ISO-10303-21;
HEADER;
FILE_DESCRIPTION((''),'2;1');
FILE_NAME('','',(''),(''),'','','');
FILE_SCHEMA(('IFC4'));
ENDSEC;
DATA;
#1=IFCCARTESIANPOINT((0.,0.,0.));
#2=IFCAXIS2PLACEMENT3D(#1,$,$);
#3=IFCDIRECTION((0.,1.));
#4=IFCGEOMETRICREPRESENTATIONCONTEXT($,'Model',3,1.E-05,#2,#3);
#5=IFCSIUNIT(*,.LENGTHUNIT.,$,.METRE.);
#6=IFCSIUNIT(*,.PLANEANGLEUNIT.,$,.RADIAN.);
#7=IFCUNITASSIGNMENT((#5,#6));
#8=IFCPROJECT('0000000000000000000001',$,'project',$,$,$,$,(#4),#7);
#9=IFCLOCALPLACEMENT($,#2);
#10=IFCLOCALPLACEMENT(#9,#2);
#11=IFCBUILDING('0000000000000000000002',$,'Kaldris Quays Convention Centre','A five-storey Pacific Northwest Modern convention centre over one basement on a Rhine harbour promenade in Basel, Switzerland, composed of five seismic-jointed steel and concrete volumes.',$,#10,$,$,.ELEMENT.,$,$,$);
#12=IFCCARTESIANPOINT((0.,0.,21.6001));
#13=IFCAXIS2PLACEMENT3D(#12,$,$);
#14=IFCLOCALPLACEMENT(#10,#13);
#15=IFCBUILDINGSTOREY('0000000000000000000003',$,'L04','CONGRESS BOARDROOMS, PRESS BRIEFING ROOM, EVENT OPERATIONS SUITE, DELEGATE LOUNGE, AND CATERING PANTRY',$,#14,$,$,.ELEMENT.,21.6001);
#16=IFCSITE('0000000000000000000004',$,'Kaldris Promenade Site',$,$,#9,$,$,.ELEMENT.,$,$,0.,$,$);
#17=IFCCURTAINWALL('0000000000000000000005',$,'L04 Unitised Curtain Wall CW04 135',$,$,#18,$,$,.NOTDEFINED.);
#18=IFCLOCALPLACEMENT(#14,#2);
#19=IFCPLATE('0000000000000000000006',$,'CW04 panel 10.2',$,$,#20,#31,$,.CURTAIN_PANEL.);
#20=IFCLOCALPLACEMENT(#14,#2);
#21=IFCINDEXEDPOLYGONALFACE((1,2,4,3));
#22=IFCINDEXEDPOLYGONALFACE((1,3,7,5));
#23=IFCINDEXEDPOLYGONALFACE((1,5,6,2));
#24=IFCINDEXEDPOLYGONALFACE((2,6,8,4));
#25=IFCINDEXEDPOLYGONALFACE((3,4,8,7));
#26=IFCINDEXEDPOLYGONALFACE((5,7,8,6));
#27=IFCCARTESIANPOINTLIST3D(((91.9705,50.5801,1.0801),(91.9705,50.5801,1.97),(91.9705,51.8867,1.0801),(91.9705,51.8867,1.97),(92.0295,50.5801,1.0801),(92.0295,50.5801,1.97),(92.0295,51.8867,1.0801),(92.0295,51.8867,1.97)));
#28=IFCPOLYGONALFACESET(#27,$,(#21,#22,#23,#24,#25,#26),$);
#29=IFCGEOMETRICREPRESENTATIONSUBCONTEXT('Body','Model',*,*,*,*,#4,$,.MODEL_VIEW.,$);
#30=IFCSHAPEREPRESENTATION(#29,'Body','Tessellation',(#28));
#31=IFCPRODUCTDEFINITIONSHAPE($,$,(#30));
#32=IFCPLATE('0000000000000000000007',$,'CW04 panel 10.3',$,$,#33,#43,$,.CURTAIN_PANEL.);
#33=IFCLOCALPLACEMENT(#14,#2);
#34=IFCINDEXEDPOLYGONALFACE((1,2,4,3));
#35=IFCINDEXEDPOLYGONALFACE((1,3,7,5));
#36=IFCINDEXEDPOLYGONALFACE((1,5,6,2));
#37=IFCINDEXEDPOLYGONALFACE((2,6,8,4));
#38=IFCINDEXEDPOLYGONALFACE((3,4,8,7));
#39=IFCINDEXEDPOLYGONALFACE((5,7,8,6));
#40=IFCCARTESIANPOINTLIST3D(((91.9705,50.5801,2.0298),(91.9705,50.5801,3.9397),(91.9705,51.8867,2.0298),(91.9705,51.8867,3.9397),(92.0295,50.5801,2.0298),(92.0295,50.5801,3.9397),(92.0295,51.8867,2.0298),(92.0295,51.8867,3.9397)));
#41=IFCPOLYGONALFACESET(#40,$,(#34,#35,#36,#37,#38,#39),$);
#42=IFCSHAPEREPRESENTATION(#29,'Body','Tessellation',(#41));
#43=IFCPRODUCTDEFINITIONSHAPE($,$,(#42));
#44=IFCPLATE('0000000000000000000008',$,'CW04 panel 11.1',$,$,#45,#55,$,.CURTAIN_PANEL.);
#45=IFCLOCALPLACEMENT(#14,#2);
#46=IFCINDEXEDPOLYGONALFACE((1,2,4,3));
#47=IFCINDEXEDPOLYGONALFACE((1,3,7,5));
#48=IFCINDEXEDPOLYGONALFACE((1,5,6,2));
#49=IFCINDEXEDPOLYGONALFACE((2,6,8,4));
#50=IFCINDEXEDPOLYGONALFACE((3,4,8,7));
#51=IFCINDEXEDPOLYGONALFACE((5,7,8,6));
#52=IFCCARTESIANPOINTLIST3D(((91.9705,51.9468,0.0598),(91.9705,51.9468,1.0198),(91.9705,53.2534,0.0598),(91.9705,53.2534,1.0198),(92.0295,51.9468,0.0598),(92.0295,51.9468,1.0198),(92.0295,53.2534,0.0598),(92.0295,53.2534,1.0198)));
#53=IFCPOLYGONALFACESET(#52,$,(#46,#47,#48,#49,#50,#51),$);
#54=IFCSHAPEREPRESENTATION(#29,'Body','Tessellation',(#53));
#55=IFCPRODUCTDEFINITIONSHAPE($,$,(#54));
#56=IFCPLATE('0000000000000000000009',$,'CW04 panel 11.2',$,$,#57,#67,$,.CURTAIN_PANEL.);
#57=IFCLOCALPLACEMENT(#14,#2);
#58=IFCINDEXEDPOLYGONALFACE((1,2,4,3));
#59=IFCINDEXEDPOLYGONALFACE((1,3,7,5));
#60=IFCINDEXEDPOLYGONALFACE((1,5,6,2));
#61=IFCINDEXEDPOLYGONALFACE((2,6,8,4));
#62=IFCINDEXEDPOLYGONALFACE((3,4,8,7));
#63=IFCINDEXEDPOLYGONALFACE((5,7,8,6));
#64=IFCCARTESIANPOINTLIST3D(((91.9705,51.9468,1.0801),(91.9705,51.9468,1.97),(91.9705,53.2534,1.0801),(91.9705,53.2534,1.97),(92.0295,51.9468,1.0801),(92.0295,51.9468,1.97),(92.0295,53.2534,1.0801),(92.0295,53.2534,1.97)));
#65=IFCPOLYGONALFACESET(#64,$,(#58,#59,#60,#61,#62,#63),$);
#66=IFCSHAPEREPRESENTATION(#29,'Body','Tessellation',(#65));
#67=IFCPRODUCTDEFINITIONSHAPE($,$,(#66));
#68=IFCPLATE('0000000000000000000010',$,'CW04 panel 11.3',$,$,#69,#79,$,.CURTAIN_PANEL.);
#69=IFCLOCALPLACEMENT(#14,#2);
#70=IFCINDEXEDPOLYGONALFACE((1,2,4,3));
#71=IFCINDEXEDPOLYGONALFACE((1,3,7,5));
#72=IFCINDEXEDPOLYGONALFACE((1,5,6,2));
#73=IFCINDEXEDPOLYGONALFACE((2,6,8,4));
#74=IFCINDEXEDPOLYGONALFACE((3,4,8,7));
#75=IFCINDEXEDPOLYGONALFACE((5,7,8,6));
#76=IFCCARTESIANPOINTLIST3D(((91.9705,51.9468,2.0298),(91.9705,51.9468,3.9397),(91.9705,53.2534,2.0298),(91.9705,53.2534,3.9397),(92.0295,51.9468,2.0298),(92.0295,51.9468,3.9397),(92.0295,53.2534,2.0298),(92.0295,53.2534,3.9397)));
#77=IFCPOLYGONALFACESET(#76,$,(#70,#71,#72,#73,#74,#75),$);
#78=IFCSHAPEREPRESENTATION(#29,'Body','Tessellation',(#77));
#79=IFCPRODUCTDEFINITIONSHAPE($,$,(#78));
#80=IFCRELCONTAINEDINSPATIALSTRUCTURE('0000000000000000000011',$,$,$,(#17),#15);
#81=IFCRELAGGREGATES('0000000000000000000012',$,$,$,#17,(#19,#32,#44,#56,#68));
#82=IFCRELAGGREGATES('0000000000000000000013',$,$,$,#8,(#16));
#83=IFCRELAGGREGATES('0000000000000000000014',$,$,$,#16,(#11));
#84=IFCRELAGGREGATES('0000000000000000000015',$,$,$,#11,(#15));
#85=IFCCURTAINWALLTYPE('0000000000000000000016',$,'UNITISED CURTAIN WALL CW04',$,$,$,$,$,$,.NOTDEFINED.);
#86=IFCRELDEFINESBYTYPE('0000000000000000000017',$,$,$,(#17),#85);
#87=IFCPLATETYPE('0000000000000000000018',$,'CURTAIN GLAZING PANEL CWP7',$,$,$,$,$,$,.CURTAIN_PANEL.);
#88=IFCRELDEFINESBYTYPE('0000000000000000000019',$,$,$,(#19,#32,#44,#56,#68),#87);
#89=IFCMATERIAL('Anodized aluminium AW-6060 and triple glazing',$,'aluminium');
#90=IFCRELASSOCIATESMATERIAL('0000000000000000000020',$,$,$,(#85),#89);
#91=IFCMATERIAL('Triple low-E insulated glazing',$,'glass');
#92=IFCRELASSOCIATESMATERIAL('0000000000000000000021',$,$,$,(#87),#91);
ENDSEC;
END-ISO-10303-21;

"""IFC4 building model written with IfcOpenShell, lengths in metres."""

from ifc_helpers import new_model, si_unit, direction, frame, origin, origin_2d, place, context, subcontext, project, spatial, rectangle, extrude, material, type_object, element, aggregate, save


model = new_model("IFC4")

# Units and contexts
model_context = context("Model", 3, precision=1e-05, world=origin(), true_north=direction((0.0, 1.0)))
body_context = subcontext(model_context, "Body", "Model", "MODEL_VIEW")
ifc_project = project(units=[si_unit("LENGTHUNIT", "METRE"), si_unit("PLANEANGLEUNIT", "RADIAN")], contexts=[model_context])

# Site, building, storey
site_placement = place(None, origin())
site = spatial("IfcSite", under=ifc_project, at=site_placement, Name="Kaldris Promenade Site", CompositionType="ELEMENT", RefElevation=0.0)
building_placement = place(site_placement, origin())
building = spatial("IfcBuilding", under=site, at=building_placement, Name="Kaldris Quays Convention Centre", Description="A five-storey Pacific Northwest Modern convention centre over one basement on a Rhine harbour promenade in Basel, Switzerland, composed of five seismic-jointed steel and concrete volumes.", CompositionType="ELEMENT")
storey_placement = place(building_placement, frame((0.0, 0.0, 21.6001)))
storey = spatial("IfcBuildingStorey", under=building, at=storey_placement, Name="L04", Description="CONGRESS BOARDROOMS, PRESS BRIEFING ROOM, EVENT OPERATIONS SUITE, DELEGATE LOUNGE, AND CATERING PANTRY", CompositionType="ELEMENT", Elevation=21.6001)

# Curtain wall, plates
ifc_material_1 = material(Name="Anodized aluminium AW-6060 and triple glazing", Category="aluminium")
curtain_wall_type = type_object("IfcCurtainWallType", Name="UNITISED CURTAIN WALL CW04", PredefinedType="NOTDEFINED", material=ifc_material_1)
curtain_wall_placement = place(storey_placement, origin())
curtain_wall = element("IfcCurtainWall", 1, at=curtain_wall_placement, inside=storey, type_object=curtain_wall_type, Name="L04 Unitised Curtain Wall CW04 135", PredefinedType="NOTDEFINED")
ifc_material_2 = material(Name="Triple low-E insulated glazing", Category="glass")
plate_type = type_object("IfcPlateType", Name="CURTAIN GLAZING PANEL CWP7", PredefinedType="CURTAIN_PANEL", material=ifc_material_2)
plate_1_placement = place(storey_placement, frame((92.0, 51.2334, 1.0801), z_axis=(0.0, 0.0, 1.0), x_axis=(0.0, 1.0, 0.0)))
plate_1 = element("IfcPlate", 2, at=plate_1_placement, type_object=plate_type, Name="CW04 panel 10.2", PredefinedType="CURTAIN_PANEL", context=body_context, shape_type="SweptSolid", body=[
    extrude(rectangle(XDim=1.3066, YDim=0.0591, at=origin_2d()), origin(), (0.0, 0.0, 1.0), 0.8899),
])
plate_2_placement = place(storey_placement, frame((92.0, 51.2334, 2.0298), z_axis=(0.0, 0.0, 1.0), x_axis=(0.0, 1.0, 0.0)))
plate_2 = element("IfcPlate", 3, at=plate_2_placement, type_object=plate_type, Name="CW04 panel 10.3", PredefinedType="CURTAIN_PANEL", context=body_context, shape_type="SweptSolid", body=[
    extrude(rectangle(XDim=1.3066, YDim=0.0591, at=origin_2d()), origin(), (0.0, 0.0, 1.0), 1.9099),
])
plate_3_placement = place(storey_placement, frame((92.0, 52.6001, 0.0598), z_axis=(0.0, 0.0, 1.0), x_axis=(0.0, 1.0, 0.0)))
plate_3 = element("IfcPlate", 4, at=plate_3_placement, type_object=plate_type, Name="CW04 panel 11.1", PredefinedType="CURTAIN_PANEL", context=body_context, shape_type="SweptSolid", body=[
    extrude(rectangle(XDim=1.3066, YDim=0.0591, at=origin_2d()), origin(), (0.0, 0.0, 1.0), 0.96),
])
plate_4_placement = place(storey_placement, frame((92.0, 52.6001, 1.0801), z_axis=(0.0, 0.0, 1.0), x_axis=(0.0, 1.0, 0.0)))
plate_4 = element("IfcPlate", 5, at=plate_4_placement, type_object=plate_type, Name="CW04 panel 11.2", PredefinedType="CURTAIN_PANEL", context=body_context, shape_type="SweptSolid", body=[
    extrude(rectangle(XDim=1.3066, YDim=0.0591, at=origin_2d()), origin(), (0.0, 0.0, 1.0), 0.8899),
])
plate_5_placement = place(storey_placement, frame((92.0, 52.6001, 2.0298), z_axis=(0.0, 0.0, 1.0), x_axis=(0.0, 1.0, 0.0)))
plate_5 = element("IfcPlate", 6, at=plate_5_placement, type_object=plate_type, Name="CW04 panel 11.3", PredefinedType="CURTAIN_PANEL", context=body_context, shape_type="SweptSolid", body=[
    extrude(rectangle(XDim=1.3066, YDim=0.0591, at=origin_2d()), origin(), (0.0, 0.0, 1.0), 1.9099),
])
aggregate(curtain_wall, [plate_1, plate_2, plate_3, plate_4, plate_5])

save(model, "model.ifc")
